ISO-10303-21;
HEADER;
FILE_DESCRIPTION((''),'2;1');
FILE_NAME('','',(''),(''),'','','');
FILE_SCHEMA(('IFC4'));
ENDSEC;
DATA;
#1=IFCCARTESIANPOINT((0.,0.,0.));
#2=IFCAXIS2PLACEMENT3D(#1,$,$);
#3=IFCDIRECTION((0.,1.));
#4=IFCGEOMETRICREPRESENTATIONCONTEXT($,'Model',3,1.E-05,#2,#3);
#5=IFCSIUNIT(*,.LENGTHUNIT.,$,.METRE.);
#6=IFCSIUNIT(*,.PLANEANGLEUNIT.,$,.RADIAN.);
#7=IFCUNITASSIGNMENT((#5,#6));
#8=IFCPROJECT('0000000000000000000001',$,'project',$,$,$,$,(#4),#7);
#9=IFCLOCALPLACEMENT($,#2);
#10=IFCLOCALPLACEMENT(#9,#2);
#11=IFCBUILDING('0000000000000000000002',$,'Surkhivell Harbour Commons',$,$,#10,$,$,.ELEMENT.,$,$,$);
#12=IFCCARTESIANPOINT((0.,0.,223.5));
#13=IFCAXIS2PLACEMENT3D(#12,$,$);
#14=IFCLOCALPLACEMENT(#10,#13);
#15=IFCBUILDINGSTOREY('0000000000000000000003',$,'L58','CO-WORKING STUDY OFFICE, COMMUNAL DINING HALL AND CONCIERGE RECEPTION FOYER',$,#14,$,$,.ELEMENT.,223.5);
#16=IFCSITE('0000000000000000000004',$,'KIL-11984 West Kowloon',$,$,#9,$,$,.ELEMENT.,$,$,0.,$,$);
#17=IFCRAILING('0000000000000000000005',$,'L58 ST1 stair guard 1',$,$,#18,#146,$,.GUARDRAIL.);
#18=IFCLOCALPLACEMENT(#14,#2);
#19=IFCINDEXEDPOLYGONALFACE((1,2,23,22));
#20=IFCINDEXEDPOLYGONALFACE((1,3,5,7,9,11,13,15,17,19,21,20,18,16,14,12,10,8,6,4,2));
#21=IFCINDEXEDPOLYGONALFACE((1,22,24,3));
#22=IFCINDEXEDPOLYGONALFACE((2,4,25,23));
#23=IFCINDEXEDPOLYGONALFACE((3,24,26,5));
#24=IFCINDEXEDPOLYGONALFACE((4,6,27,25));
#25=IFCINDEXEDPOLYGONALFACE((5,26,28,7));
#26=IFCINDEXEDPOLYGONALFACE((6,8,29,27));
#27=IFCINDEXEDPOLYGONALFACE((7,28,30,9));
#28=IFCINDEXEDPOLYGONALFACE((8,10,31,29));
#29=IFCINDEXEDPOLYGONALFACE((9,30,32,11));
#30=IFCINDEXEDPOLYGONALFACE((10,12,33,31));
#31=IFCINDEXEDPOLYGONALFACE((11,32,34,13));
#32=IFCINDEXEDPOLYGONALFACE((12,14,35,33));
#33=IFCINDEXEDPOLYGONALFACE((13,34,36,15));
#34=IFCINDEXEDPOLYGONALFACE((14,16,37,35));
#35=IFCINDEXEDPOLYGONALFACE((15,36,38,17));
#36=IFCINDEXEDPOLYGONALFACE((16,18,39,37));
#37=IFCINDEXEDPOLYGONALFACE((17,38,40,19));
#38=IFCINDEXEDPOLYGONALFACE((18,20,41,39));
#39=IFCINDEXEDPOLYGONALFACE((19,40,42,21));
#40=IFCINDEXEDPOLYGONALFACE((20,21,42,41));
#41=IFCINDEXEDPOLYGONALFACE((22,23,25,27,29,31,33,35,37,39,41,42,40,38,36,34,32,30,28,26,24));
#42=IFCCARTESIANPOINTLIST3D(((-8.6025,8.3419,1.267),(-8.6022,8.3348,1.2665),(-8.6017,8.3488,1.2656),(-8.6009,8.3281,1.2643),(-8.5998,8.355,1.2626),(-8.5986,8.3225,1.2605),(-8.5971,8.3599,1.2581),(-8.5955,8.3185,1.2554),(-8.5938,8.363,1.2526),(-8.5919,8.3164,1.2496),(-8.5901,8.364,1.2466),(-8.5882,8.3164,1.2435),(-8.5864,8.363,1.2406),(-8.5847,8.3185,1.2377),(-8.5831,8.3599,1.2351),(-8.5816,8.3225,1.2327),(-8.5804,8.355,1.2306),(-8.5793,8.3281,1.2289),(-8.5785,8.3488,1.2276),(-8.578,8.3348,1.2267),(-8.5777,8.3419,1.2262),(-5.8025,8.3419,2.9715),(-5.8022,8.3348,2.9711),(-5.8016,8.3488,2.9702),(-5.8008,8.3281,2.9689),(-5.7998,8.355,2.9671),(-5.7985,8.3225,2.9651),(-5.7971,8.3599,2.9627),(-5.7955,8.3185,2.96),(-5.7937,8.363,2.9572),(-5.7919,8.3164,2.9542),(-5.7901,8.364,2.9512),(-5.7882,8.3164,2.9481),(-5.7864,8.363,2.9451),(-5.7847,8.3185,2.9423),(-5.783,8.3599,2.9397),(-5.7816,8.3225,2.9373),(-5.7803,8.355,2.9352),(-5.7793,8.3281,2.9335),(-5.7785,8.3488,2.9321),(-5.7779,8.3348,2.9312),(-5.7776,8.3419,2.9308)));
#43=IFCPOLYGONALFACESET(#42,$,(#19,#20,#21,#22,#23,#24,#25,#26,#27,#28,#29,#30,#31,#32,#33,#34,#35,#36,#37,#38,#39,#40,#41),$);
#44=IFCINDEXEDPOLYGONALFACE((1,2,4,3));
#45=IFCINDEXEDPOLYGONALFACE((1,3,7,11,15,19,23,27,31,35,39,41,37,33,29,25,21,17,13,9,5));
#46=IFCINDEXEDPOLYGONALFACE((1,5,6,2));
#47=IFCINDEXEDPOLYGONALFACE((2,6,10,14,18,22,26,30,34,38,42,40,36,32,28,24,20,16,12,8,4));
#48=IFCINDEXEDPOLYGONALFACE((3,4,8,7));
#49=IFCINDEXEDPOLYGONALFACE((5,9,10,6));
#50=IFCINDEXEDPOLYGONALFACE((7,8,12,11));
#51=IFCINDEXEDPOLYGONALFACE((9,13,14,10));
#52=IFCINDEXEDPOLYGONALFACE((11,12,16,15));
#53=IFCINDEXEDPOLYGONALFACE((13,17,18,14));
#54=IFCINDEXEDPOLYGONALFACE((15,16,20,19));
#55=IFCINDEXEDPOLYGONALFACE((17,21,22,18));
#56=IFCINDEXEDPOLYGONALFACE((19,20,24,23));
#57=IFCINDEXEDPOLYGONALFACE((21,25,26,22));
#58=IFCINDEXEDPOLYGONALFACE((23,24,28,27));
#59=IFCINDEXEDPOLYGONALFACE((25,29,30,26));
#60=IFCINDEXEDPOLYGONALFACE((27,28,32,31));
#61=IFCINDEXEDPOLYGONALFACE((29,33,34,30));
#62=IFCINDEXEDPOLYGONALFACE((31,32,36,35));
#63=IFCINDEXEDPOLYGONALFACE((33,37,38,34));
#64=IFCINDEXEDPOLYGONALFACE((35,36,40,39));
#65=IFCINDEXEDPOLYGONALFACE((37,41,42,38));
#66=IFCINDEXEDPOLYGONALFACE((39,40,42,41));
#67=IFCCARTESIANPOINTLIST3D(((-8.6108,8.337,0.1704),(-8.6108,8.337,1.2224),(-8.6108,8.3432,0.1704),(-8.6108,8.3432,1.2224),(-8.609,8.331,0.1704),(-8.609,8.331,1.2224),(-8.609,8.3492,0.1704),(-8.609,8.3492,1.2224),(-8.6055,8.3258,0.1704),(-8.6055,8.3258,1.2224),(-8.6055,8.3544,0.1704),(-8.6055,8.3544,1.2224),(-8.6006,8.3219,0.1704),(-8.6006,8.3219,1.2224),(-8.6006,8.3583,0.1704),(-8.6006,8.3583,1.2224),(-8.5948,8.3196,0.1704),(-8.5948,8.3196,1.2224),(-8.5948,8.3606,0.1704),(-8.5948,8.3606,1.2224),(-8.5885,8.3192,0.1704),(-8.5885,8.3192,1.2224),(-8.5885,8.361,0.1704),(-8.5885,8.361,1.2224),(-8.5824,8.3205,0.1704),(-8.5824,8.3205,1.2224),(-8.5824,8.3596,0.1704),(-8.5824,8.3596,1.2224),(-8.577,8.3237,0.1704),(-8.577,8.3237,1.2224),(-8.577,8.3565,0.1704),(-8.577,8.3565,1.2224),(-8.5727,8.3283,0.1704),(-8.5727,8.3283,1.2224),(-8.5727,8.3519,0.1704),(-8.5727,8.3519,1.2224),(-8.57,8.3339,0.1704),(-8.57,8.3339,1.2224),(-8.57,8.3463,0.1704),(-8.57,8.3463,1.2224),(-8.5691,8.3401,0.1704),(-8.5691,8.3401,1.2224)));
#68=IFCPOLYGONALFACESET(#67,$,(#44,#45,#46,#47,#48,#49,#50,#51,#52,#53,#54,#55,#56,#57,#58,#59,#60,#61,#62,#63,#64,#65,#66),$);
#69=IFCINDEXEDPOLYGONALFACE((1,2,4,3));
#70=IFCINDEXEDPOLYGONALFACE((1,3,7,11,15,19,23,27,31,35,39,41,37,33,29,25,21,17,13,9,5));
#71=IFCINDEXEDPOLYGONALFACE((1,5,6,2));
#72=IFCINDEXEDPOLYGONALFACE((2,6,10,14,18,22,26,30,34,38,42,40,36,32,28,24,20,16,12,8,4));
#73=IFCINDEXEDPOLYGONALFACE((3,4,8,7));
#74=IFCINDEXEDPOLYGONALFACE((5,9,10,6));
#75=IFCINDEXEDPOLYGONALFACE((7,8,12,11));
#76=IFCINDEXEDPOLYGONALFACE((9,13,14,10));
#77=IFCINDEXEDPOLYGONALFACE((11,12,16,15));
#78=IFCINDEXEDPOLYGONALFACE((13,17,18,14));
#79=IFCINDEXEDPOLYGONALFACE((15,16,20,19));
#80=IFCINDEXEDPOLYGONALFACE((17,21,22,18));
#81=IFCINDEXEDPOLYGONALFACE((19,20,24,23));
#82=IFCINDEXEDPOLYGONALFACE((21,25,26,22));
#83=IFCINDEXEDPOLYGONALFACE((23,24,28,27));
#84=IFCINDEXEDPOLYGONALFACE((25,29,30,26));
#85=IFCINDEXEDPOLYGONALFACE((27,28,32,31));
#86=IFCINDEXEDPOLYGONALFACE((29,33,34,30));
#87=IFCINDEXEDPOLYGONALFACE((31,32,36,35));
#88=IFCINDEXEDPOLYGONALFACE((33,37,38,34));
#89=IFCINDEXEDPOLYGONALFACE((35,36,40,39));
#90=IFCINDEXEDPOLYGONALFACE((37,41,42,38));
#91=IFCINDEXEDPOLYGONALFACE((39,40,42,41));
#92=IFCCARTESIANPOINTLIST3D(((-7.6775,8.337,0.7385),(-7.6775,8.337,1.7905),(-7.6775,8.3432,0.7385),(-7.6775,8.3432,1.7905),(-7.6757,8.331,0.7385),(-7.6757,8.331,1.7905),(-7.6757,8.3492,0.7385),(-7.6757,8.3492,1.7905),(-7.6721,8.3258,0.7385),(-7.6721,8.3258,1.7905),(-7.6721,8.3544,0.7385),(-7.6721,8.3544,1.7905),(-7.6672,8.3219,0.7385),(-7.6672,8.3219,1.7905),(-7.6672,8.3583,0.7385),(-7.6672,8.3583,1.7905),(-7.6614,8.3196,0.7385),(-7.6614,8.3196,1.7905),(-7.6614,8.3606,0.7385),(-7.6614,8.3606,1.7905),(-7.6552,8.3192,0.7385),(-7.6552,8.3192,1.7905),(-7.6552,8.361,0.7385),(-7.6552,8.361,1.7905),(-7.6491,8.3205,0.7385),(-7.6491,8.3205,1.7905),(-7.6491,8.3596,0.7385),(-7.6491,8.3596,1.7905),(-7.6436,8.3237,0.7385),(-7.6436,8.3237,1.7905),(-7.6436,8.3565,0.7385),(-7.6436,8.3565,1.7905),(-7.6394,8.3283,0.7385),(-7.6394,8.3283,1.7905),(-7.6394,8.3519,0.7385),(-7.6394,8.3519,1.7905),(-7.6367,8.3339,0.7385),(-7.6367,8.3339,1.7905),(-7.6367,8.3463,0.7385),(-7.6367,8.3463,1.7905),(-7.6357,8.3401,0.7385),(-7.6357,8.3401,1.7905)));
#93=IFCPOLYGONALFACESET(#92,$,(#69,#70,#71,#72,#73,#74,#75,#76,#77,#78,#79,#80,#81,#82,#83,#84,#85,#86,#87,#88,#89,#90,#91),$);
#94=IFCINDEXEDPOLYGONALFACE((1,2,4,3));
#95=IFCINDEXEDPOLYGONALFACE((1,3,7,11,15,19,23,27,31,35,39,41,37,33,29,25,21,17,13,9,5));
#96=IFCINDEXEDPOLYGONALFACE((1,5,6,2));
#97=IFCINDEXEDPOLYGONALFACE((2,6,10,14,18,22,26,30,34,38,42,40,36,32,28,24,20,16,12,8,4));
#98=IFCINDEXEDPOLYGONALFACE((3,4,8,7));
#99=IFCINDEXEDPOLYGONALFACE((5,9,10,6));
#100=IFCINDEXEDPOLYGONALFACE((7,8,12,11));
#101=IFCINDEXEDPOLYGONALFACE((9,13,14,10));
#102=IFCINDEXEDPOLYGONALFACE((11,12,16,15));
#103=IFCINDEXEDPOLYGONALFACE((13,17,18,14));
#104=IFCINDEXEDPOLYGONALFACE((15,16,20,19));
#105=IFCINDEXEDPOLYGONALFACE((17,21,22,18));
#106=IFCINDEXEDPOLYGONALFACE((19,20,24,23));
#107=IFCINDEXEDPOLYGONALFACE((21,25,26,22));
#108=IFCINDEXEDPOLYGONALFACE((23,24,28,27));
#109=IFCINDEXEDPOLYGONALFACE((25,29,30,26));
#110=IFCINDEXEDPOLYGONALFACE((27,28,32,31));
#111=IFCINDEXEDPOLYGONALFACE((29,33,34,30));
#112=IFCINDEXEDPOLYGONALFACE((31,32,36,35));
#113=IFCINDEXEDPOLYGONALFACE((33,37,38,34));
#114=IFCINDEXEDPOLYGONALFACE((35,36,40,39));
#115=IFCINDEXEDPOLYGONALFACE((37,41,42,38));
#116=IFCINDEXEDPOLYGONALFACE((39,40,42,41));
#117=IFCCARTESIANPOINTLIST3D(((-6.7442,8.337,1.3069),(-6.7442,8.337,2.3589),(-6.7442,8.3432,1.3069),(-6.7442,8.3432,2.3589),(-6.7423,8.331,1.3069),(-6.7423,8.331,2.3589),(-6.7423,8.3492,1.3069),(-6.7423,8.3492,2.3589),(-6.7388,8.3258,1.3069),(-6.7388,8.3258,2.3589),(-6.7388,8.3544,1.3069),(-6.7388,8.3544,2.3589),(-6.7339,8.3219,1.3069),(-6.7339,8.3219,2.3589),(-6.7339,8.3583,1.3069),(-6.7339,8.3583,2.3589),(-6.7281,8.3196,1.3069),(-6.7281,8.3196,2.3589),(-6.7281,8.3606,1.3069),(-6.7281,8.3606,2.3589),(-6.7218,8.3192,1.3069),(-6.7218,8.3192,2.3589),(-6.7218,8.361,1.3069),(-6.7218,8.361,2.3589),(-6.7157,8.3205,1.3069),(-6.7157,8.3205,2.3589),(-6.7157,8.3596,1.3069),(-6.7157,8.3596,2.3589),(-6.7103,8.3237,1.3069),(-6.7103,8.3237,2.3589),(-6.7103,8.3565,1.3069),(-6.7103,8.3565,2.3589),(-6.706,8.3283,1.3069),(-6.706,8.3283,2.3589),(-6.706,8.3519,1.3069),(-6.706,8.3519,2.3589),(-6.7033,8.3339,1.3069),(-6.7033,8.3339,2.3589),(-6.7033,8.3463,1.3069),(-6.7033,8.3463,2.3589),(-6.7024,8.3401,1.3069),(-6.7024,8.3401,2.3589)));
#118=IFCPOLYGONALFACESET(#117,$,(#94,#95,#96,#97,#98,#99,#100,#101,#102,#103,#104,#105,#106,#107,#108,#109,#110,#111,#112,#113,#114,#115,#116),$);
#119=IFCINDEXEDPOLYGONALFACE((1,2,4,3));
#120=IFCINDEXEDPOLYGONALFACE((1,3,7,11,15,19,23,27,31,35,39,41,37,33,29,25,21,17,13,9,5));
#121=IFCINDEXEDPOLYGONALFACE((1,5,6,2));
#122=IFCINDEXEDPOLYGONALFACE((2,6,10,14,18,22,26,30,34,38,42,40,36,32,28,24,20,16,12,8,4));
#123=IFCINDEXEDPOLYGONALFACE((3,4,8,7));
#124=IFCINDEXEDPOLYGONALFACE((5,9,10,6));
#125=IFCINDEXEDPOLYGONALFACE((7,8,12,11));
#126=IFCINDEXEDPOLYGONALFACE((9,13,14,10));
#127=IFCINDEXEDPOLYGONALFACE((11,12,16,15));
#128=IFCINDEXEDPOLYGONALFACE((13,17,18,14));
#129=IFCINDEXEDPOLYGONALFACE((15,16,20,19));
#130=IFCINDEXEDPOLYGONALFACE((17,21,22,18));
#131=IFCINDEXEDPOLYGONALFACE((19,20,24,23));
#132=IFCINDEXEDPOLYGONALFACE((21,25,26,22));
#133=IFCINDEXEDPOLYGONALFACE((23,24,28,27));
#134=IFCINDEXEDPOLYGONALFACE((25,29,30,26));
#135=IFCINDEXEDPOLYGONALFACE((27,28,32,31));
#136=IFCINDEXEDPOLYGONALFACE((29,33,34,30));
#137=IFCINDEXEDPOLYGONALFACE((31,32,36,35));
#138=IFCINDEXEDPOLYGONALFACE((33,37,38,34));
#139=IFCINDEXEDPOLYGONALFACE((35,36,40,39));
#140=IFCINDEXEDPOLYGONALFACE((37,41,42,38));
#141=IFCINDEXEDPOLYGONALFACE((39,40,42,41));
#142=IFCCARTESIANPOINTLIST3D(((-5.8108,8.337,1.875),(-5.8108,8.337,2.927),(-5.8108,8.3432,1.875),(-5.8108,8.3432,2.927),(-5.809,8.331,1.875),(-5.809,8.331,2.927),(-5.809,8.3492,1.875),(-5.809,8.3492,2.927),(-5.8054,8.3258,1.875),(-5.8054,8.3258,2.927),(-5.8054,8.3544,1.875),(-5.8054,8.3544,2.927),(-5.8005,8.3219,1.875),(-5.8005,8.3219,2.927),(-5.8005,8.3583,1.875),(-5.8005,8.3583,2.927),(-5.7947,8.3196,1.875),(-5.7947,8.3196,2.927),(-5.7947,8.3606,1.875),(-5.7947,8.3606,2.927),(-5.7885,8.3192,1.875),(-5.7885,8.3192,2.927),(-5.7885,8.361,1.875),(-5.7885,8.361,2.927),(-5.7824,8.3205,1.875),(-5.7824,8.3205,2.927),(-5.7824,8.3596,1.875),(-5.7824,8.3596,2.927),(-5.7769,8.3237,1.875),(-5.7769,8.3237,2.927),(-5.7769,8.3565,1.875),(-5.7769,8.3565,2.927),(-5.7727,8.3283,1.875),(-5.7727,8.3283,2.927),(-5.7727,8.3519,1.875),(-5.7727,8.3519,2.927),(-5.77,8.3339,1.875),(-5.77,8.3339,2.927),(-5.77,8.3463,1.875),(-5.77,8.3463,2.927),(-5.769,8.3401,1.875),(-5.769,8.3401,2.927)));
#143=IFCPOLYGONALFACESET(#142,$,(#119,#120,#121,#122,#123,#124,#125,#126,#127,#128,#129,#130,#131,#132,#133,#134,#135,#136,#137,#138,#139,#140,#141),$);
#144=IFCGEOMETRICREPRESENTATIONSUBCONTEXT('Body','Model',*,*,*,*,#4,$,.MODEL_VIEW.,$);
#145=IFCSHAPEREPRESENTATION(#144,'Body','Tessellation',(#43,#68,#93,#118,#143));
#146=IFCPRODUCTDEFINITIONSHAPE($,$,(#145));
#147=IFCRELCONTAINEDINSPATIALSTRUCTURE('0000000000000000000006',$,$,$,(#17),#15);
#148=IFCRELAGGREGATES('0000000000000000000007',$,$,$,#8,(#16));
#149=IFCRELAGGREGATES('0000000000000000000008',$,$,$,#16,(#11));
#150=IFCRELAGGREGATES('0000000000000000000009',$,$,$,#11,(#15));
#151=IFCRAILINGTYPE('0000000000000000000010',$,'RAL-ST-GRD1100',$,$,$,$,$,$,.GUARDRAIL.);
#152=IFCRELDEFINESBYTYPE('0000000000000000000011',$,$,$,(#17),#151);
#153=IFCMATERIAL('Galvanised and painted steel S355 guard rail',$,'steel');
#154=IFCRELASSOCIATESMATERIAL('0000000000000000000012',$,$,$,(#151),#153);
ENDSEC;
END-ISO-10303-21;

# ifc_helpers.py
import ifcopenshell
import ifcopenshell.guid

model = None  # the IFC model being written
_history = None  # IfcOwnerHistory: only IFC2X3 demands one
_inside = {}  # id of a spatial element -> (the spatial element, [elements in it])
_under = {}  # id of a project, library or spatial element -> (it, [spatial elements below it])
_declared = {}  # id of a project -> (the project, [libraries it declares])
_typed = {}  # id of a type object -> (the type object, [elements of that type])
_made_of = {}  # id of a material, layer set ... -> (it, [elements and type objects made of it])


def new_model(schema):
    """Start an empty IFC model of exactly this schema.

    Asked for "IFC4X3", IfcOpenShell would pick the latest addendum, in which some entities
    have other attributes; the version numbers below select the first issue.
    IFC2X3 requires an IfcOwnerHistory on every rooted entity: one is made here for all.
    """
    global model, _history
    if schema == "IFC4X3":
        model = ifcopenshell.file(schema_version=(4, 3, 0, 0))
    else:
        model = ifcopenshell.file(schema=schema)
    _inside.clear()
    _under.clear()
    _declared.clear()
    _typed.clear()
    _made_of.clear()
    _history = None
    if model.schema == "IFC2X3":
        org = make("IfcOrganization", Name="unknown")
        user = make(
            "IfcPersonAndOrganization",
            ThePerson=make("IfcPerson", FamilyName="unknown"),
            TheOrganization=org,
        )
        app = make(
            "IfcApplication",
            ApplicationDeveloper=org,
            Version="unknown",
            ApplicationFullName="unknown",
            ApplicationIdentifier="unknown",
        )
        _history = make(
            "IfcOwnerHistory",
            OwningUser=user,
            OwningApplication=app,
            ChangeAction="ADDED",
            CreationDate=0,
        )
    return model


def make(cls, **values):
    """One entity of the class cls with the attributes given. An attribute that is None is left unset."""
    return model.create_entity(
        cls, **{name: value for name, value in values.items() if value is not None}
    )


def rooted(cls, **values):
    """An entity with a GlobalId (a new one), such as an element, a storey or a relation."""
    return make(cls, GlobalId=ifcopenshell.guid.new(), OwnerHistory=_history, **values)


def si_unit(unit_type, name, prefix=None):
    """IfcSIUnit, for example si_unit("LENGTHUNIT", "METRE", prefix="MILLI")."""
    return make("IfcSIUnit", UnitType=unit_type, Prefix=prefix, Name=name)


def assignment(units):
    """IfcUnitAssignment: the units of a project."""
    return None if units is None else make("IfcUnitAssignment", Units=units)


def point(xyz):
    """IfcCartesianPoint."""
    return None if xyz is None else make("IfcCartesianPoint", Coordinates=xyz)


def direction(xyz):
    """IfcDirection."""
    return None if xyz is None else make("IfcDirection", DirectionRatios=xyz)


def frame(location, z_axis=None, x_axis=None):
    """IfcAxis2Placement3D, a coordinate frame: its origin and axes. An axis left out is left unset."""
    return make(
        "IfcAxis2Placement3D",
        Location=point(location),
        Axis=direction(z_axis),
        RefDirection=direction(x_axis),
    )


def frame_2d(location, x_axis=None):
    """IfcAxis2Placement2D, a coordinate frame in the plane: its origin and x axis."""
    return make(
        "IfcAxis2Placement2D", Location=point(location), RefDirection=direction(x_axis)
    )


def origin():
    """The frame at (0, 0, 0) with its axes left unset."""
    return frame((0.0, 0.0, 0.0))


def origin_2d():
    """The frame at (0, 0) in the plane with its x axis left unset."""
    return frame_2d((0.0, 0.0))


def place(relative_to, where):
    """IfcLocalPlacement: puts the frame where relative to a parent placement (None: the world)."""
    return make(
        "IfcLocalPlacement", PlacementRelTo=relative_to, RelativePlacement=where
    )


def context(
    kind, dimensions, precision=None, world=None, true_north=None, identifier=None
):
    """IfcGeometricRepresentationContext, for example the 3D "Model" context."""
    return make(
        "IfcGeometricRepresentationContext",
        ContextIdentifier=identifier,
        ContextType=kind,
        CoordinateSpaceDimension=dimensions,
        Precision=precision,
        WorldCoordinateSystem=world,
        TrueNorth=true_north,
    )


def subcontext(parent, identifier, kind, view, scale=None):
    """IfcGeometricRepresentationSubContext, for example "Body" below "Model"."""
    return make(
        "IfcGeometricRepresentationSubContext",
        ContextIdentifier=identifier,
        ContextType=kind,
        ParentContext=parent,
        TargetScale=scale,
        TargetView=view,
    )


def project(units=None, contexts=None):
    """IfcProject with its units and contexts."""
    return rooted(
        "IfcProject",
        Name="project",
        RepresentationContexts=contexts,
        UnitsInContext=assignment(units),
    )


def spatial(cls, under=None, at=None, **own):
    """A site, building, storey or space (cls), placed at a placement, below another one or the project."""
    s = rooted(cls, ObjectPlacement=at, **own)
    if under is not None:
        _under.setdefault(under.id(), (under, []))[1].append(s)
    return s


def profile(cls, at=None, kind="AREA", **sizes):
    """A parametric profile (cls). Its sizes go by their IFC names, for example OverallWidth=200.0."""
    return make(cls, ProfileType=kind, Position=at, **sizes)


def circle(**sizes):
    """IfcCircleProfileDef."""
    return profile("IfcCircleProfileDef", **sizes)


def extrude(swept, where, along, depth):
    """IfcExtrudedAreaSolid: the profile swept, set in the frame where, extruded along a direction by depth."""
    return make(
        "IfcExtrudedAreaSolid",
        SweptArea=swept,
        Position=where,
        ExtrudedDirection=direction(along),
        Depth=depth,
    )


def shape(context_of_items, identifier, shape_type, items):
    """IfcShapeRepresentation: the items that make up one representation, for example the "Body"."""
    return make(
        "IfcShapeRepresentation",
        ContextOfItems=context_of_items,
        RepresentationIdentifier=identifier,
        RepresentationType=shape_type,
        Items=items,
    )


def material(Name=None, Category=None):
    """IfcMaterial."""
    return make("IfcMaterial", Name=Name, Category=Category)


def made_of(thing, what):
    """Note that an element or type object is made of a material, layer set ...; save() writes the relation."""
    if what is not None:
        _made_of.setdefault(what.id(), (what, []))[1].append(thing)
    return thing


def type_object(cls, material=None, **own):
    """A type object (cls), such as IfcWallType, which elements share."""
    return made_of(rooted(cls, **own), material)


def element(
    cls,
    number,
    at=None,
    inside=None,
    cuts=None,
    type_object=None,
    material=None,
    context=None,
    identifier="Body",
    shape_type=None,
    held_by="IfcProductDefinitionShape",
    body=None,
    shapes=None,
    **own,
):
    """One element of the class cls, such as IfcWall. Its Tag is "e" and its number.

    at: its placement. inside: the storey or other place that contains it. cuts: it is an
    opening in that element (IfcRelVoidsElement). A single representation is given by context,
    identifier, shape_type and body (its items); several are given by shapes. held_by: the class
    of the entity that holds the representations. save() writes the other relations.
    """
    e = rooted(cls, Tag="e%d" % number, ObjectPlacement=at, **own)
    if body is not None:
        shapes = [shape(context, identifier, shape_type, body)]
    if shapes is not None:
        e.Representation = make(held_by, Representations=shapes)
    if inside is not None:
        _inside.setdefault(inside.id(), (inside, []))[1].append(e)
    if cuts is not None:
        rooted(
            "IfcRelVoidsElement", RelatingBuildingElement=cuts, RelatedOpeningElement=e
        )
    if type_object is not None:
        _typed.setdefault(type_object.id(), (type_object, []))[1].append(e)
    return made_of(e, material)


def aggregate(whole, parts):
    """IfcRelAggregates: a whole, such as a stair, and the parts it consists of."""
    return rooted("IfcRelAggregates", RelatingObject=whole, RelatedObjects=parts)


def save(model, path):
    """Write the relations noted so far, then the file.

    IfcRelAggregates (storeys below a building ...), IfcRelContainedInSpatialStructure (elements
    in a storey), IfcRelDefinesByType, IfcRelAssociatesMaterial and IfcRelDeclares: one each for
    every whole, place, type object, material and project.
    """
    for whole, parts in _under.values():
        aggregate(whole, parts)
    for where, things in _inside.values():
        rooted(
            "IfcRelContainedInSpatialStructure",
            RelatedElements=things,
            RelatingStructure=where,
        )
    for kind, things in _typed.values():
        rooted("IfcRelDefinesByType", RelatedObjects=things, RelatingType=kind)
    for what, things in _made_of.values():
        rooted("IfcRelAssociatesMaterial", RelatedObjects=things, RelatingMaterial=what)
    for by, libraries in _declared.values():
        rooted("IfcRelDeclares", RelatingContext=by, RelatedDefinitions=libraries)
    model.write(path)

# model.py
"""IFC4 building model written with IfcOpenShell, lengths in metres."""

from ifc_helpers import new_model, si_unit, direction, frame, origin, origin_2d, place, context, subcontext, project, spatial, circle, extrude, material, type_object, element, save


model = new_model("IFC4")

# Units and contexts
model_context = context("Model", 3, precision=1e-05, world=origin(), true_north=direction((0.0, 1.0)))
body_context = subcontext(model_context, "Body", "Model", "MODEL_VIEW")
ifc_project = project(units=[si_unit("LENGTHUNIT", "METRE"), si_unit("PLANEANGLEUNIT", "RADIAN")], contexts=[model_context])

# Site, building, storey
site_placement = place(None, origin())
site = spatial("IfcSite", under=ifc_project, at=site_placement, Name="KIL-11984 West Kowloon", CompositionType="ELEMENT", RefElevation=0.0)
building_placement = place(site_placement, origin())
building = spatial("IfcBuilding", under=site, at=building_placement, Name="Surkhivell Harbour Commons", CompositionType="ELEMENT")
storey_placement = place(building_placement, frame((0.0, 0.0, 223.5)))
storey = spatial("IfcBuildingStorey", under=building, at=storey_placement, Name="L58", Description="CO-WORKING STUDY OFFICE, COMMUNAL DINING HALL AND CONCIERGE RECEPTION FOYER", CompositionType="ELEMENT", Elevation=223.5)

# Railing
ifc_material_1 = material(Name="Galvanised and painted steel S355 guard rail", Category="steel")
railing_type_1 = type_object("IfcRailingType", Name="RAL-ST-GRD1100", PredefinedType="GUARDRAIL", material=ifc_material_1)
railing_1_placement = place(storey_placement, frame((-8.5901, 8.3401, 0.1704)))
element("IfcRailing", 1, at=railing_1_placement, inside=storey, type_object=railing_type_1, Name="L58 ST1 stair guard 1", PredefinedType="GUARDRAIL", context=body_context, shape_type="SweptSolid", body=[
    extrude(circle(Radius=0.0239, at=origin_2d()), frame((0.0, 0.0, 1.0762), z_axis=(0.85417, 0.0, 0.519994), x_axis=(0.0, 1.0, 0.0)), (0.0, 0.0, 1.0), 3.2781),
    extrude(circle(Radius=0.021, at=origin_2d()), origin(), (0.0, 0.0, 1.0), 1.052),
    extrude(circle(Radius=0.021, at=origin_2d()), frame((0.9333, 0.0, 0.5681)), (0.0, 0.0, 1.0), 1.052),
    extrude(circle(Radius=0.021, at=origin_2d()), frame((1.8667, 0.0, 1.1365)), (0.0, 0.0, 1.0), 1.052),
    extrude(circle(Radius=0.021, at=origin_2d()), frame((2.8, 0.0, 1.7046)), (0.0, 0.0, 1.0), 1.052),
])

save(model, "model.ifc")
